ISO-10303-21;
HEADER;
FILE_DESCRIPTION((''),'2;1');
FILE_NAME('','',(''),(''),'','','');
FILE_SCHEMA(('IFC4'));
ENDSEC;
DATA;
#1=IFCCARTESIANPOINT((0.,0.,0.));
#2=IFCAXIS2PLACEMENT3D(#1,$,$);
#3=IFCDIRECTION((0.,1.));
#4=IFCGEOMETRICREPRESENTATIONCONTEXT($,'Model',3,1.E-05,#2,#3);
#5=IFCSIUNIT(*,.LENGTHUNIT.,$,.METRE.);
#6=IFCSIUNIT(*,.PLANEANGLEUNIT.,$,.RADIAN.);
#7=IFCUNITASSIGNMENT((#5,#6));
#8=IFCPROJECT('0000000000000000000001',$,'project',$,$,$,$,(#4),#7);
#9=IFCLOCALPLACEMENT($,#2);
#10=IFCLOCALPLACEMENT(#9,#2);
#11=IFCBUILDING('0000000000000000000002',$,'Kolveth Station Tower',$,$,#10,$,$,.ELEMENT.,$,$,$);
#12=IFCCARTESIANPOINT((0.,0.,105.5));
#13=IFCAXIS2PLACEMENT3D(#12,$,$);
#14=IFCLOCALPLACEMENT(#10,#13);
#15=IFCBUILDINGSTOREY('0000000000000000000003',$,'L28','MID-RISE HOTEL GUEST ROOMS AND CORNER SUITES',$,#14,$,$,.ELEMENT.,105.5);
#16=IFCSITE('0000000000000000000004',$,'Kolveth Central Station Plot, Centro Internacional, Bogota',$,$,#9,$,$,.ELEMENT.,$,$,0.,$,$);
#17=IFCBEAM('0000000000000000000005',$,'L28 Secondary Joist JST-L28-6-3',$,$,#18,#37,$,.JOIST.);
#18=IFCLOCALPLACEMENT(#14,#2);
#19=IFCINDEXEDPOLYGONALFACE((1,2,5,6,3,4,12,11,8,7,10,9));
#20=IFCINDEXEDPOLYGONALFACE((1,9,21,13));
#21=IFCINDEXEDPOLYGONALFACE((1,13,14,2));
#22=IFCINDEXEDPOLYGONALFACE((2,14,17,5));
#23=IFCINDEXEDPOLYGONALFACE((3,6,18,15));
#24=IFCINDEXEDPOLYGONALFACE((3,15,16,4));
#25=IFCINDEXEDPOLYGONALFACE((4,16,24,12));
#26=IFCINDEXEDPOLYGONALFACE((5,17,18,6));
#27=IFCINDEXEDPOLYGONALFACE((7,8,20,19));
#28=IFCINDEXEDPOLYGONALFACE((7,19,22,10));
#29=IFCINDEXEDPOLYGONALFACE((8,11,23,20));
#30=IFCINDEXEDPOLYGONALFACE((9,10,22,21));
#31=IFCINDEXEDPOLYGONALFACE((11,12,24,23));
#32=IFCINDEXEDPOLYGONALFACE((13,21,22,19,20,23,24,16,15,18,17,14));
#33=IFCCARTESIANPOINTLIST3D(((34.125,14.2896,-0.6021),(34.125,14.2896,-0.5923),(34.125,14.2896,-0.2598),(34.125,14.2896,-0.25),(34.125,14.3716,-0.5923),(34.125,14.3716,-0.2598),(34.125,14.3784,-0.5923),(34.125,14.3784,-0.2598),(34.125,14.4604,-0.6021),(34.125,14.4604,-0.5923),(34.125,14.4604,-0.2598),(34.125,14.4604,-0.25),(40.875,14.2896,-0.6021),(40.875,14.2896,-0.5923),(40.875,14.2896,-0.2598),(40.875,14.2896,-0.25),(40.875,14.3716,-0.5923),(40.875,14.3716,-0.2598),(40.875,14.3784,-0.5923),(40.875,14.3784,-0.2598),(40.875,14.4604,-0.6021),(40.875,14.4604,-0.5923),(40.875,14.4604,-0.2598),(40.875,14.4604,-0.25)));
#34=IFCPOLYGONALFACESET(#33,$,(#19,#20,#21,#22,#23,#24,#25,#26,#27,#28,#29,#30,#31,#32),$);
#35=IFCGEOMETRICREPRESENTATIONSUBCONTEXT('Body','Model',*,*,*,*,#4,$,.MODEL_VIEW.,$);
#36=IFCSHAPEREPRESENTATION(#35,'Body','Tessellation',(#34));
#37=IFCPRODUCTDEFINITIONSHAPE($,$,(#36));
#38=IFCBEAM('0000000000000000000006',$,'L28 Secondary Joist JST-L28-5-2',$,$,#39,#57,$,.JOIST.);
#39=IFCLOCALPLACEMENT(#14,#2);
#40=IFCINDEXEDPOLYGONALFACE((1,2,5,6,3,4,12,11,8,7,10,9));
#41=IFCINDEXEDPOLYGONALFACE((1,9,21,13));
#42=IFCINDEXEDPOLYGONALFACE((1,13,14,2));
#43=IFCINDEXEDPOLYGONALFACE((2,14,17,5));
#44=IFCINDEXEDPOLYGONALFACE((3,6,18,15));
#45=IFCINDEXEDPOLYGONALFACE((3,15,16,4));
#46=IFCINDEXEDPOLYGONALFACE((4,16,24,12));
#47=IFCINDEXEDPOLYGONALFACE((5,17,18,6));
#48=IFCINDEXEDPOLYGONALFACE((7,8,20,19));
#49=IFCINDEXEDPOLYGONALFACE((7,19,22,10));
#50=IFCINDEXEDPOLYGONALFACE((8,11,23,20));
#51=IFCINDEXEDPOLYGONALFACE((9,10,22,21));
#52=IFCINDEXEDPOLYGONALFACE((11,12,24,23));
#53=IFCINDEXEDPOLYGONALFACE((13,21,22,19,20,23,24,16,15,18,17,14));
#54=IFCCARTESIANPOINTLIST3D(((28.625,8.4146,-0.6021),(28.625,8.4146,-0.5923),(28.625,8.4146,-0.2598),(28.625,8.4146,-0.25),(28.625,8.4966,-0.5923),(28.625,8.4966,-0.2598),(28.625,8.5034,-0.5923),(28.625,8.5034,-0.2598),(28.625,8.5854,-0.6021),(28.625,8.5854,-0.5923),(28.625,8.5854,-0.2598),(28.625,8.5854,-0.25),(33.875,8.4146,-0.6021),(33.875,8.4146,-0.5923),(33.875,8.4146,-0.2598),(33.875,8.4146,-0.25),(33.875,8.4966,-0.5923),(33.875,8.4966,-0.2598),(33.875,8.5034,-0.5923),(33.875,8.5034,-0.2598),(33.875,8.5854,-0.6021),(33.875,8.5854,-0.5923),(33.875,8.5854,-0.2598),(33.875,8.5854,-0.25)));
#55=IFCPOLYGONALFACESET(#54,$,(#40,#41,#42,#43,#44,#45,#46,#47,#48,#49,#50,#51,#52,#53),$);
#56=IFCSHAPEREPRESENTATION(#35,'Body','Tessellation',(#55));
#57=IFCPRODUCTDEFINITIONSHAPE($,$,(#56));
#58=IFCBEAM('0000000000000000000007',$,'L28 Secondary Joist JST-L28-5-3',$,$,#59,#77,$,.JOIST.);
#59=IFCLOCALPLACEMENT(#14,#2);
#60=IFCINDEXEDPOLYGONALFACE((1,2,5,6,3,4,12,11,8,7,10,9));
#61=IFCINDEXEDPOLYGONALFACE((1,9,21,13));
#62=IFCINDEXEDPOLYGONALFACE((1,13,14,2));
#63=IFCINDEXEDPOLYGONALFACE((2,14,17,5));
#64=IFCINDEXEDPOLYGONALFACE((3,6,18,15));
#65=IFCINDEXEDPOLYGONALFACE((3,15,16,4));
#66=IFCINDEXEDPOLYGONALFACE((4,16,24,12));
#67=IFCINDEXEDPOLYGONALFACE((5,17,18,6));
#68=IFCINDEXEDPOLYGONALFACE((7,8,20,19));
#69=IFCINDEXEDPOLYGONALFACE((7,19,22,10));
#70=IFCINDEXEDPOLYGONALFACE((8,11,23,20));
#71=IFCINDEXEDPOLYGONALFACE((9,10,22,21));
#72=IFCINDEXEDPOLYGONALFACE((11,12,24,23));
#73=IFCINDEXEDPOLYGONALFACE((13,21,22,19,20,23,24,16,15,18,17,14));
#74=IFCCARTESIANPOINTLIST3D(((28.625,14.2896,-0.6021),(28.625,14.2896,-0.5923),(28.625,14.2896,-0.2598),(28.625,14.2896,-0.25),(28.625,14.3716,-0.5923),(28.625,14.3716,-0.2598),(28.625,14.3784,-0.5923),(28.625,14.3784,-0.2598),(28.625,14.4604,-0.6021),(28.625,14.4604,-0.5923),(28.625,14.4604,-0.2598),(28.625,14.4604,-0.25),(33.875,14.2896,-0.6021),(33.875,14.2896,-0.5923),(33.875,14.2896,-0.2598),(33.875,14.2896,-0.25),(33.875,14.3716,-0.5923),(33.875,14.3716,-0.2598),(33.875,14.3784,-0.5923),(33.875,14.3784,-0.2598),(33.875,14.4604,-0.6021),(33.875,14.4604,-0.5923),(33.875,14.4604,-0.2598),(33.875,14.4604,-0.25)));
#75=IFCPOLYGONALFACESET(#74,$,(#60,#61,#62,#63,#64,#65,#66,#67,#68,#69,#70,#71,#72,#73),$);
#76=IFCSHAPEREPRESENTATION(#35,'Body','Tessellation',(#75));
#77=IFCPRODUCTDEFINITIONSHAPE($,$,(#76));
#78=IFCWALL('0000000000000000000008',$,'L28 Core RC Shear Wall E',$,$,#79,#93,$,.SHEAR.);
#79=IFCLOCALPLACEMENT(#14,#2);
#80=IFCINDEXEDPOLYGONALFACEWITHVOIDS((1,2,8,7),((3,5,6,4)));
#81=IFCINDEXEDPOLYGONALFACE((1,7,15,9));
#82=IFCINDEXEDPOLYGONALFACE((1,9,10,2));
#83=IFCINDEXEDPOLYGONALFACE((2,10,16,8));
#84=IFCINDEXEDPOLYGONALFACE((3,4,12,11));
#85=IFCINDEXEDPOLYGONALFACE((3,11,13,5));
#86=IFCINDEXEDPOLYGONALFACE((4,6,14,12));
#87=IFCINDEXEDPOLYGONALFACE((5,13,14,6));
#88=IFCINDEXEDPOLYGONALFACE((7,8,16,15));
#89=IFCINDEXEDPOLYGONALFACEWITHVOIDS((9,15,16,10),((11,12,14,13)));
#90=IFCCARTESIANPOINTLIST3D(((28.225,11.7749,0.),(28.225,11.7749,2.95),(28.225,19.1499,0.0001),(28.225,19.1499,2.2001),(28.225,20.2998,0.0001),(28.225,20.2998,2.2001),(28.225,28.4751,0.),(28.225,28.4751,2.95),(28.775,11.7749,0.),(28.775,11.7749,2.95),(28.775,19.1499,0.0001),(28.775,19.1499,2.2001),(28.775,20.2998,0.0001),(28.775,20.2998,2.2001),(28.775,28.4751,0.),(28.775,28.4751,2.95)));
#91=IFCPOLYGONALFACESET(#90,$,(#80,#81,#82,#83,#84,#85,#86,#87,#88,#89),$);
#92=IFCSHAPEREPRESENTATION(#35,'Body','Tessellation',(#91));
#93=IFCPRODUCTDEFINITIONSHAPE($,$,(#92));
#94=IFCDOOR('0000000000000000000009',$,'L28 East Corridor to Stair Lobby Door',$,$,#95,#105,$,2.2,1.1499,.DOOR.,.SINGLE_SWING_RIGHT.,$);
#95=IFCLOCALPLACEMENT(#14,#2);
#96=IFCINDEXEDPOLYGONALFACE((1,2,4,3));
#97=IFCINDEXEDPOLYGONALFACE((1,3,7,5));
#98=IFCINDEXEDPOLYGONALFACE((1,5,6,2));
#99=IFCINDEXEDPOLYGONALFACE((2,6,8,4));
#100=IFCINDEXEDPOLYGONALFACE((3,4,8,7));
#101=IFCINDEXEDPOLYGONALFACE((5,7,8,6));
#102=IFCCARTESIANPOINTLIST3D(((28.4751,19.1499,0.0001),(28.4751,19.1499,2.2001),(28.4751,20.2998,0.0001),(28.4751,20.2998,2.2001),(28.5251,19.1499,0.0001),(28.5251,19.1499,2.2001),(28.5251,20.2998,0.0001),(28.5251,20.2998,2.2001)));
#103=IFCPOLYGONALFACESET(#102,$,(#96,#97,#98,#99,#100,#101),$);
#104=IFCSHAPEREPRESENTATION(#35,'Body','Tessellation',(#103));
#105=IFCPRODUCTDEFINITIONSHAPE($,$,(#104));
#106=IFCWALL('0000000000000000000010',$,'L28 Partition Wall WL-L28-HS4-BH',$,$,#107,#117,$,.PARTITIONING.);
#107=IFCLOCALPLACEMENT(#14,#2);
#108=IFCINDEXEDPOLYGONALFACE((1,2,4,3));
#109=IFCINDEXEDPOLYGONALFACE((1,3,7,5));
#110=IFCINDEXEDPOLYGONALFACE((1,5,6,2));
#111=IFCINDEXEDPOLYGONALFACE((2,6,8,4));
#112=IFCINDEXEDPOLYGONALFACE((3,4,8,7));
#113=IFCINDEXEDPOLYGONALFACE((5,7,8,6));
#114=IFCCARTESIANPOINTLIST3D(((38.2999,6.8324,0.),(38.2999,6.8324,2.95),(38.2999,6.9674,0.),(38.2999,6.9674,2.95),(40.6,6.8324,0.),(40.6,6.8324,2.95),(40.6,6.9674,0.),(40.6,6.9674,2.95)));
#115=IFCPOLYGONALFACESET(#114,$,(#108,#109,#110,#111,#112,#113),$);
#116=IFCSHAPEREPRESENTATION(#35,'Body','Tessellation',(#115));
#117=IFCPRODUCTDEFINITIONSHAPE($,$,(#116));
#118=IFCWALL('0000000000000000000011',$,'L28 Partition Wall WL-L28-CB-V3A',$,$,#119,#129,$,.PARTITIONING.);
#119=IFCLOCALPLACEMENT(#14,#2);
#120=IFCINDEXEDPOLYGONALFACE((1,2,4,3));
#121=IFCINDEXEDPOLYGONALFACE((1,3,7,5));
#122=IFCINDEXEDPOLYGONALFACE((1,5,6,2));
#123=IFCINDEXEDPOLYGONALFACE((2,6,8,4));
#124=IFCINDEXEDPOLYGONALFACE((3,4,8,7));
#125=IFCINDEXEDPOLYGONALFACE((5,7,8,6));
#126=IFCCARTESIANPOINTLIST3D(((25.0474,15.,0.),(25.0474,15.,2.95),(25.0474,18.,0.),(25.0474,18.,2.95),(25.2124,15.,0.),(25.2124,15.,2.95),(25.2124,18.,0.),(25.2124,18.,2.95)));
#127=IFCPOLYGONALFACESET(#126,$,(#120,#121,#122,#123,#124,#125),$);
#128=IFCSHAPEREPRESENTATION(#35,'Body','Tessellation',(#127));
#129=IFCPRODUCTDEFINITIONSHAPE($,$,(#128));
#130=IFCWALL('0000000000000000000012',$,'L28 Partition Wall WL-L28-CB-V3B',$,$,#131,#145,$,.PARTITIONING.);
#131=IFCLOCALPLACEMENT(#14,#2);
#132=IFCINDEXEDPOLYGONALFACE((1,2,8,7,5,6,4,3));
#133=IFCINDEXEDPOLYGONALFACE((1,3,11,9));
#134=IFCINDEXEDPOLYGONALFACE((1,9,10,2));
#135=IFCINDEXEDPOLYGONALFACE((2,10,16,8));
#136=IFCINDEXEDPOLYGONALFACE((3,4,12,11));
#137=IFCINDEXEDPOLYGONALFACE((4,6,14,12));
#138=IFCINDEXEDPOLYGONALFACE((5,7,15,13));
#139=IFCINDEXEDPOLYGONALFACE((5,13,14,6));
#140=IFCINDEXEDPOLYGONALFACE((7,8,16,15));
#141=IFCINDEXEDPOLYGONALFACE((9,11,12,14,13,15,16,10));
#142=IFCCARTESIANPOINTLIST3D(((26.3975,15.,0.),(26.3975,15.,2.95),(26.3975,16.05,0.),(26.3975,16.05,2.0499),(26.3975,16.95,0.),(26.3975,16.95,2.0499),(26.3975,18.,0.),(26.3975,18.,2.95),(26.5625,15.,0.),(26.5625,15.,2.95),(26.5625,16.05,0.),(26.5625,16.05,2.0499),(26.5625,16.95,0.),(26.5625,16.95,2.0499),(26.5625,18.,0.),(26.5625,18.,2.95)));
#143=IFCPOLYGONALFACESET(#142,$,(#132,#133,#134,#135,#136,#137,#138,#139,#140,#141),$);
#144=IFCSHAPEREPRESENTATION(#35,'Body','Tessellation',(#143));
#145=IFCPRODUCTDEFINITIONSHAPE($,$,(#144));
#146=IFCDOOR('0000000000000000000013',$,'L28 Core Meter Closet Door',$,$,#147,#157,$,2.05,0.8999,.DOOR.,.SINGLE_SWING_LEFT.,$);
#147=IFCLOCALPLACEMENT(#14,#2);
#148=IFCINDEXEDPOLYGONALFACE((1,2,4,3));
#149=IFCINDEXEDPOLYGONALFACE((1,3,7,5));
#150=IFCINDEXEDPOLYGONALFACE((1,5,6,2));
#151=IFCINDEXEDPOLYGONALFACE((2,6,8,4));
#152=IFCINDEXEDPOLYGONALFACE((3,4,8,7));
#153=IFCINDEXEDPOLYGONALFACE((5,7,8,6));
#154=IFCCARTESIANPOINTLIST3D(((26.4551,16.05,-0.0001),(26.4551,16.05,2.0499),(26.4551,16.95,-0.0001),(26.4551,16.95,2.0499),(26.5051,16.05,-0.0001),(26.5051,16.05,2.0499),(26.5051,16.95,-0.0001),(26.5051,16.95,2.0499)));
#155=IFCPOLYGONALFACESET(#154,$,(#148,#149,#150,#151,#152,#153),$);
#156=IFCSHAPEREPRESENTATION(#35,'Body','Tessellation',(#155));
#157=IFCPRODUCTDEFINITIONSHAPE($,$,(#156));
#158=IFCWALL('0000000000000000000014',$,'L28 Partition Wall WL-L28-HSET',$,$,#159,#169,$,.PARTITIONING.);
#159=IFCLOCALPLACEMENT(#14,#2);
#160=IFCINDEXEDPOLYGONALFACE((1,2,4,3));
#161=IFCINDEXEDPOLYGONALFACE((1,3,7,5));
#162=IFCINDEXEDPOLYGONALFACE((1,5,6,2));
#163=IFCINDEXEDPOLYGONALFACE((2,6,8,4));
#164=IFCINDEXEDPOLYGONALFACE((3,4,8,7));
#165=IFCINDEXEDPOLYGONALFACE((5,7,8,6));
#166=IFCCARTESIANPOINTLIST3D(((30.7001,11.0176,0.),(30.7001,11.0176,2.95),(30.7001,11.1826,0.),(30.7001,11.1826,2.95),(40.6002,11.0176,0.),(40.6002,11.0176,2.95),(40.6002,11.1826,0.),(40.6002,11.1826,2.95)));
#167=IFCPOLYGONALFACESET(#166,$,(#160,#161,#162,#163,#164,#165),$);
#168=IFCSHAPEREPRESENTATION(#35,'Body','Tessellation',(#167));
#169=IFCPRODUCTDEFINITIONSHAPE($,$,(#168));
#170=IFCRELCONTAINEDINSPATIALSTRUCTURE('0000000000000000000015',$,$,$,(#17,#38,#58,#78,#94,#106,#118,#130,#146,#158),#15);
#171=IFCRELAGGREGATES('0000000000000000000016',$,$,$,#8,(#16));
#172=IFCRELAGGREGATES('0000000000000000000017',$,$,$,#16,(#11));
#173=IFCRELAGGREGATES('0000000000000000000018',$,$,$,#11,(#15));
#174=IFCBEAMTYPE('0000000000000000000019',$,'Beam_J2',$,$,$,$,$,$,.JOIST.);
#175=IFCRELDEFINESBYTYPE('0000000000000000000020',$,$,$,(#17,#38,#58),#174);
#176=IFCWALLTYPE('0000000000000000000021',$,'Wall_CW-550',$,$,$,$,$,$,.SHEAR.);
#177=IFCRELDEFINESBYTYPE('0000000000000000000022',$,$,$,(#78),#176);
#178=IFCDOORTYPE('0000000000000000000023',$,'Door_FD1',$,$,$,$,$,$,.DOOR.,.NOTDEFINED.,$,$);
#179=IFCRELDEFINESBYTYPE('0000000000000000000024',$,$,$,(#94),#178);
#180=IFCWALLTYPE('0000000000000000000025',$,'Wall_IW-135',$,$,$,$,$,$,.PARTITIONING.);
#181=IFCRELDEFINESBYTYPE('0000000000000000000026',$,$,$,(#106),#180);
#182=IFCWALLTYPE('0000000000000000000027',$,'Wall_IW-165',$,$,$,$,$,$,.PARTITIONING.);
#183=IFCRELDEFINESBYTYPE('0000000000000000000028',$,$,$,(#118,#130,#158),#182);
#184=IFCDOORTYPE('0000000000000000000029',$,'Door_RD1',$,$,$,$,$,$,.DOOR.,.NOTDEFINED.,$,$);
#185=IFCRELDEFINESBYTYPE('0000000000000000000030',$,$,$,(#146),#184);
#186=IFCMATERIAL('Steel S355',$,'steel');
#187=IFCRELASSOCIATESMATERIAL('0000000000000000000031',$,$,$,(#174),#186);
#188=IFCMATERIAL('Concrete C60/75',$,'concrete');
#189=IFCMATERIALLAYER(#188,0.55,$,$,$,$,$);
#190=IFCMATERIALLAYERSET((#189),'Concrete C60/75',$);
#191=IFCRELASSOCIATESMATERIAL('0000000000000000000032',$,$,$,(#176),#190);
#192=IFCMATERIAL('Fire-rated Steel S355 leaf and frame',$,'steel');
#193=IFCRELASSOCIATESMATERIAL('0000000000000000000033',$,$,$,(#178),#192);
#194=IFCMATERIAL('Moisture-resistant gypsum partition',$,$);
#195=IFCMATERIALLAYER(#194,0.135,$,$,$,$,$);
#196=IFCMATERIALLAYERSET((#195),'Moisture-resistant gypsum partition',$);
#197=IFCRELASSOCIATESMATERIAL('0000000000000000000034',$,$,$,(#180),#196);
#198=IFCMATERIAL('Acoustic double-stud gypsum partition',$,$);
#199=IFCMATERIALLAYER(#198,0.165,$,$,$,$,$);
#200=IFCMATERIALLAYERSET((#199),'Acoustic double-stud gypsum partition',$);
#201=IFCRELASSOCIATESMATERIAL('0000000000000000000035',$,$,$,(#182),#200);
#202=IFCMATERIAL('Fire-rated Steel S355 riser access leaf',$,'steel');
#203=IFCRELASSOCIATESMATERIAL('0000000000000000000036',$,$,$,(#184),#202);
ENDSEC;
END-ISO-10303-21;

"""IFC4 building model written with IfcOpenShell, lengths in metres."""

from ifc_helpers import new_model, si_unit, direction, frame, frame_2d, origin, origin_2d, place, context, subcontext, project, spatial, rectangle, i_section, extrude, source, transform, mapped, material, layer, layer_set, material_profile, profile_set, type_object, element, fill, save


model = new_model("IFC4")

# Units and contexts
model_context = context("Model", 3, precision=1e-05, world=origin(), true_north=direction((0.0, 1.0)))
body_context = subcontext(model_context, "Body", "Model", "MODEL_VIEW")
ifc_project = project(units=[si_unit("LENGTHUNIT", "METRE"), si_unit("PLANEANGLEUNIT", "RADIAN")], contexts=[model_context])

# Site, building, storey
site_placement = place(None, origin())
site = spatial("IfcSite", under=ifc_project, at=site_placement, Name="Kolveth Central Station Plot, Centro Internacional, Bogota", CompositionType="ELEMENT", RefElevation=0.0)
building_placement = place(site_placement, origin())
building = spatial("IfcBuilding", under=site, at=building_placement, Name="Kolveth Station Tower", CompositionType="ELEMENT")
storey_placement = place(building_placement, frame((0.0, 0.0, 105.5)))
storey = spatial("IfcBuildingStorey", under=building, at=storey_placement, Name="L28", Description="MID-RISE HOTEL GUEST ROOMS AND CORNER SUITES", CompositionType="ELEMENT", Elevation=105.5)

# Shared definitions
ifc_material_1 = material(Name="Steel S355", Category="steel")

# Beams
ifc_material_profile_1 = material_profile(ifc_material_1, i_section(OverallWidth=0.1709, OverallDepth=0.3521, WebThickness=0.0068, FlangeThickness=0.0098, at=origin_2d()), Name="W360x44")
ifc_profile_set_1 = profile_set([ifc_material_profile_1], Name="Steel S355")
beam_type_1 = type_object("IfcBeamType", Name="Beam_J2", PredefinedType="JOIST", material=ifc_profile_set_1)
shared_shape_1 = source(origin(), body_context, "Body", "SweptSolid", [
    extrude(i_section(OverallWidth=0.1709, OverallDepth=0.3521, WebThickness=0.0068, FlangeThickness=0.0098, at=origin_2d()), origin(), (0.0, 0.0, 1.0), 6.75),
])
for number, where, z_axis, x_axis, name in (
    (1, (34.125, 14.375, -0.426), (1.0, 0.0, 0.0), (0.0, 1.0, 0.0), "L28 Secondary Joist JST-L28-6-3"),
):
    element("IfcBeam", number, at=place(storey_placement, frame(where, z_axis=z_axis, x_axis=x_axis)), inside=storey, type_object=beam_type_1, Name=name, PredefinedType="JOIST", context=body_context, shape_type="MappedRepresentation", body=[
        mapped(shared_shape_1, transform((0.0, 0.0, 0.0), x_axis=(1.0, 0.0, 0.0), y_axis=(0.0, 1.0, 0.0), z_axis=(0.0, 0.0, 1.0), scale=1.0)),
    ])
shared_shape_2 = source(origin(), body_context, "Body", "SweptSolid", [
    extrude(i_section(OverallWidth=0.1709, OverallDepth=0.3521, WebThickness=0.0068, FlangeThickness=0.0098, at=origin_2d()), origin(), (0.0, 0.0, 1.0), 5.25),
])
for number, where, z_axis, x_axis, name in (
    (2, (28.625, 8.5, -0.426), (1.0, 0.0, 0.0), (0.0, 1.0, 0.0), "L28 Secondary Joist JST-L28-5-2"),
    (3, (28.625, 14.375, -0.426), (1.0, 0.0, 0.0), (0.0, 1.0, 0.0), "L28 Secondary Joist JST-L28-5-3"),
):
    element("IfcBeam", number, at=place(storey_placement, frame(where, z_axis=z_axis, x_axis=x_axis)), inside=storey, type_object=beam_type_1, Name=name, PredefinedType="JOIST", context=body_context, shape_type="MappedRepresentation", body=[
        mapped(shared_shape_2, transform((0.0, 0.0, 0.0), x_axis=(1.0, 0.0, 0.0), y_axis=(0.0, 1.0, 0.0), z_axis=(0.0, 0.0, 1.0), scale=1.0)),
    ])

# Wall, opening, door
ifc_material_2 = material(Name="Concrete C60/75", Category="concrete")
ifc_layer_1 = layer(ifc_material_2, 0.55)
ifc_layer_set_1 = layer_set([ifc_layer_1], Name="Concrete C60/75")
wall_type_1 = type_object("IfcWallType", Name="Wall_CW-550", PredefinedType="SHEAR", material=ifc_layer_set_1)
wall_1_placement = place(storey_placement, frame((28.5, 11.7749, 0.0), z_axis=(0.0, 0.0, 1.0), x_axis=(0.0, 1.0, 0.0)))
wall_1 = element("IfcWall", 4, at=wall_1_placement, inside=storey, type_object=wall_type_1, Name="L28 Core RC Shear Wall E", PredefinedType="SHEAR", context=body_context, shape_type="SweptSolid", body=[
    extrude(rectangle(XDim=16.7002, YDim=0.55, at=frame_2d((8.3501, 0.0))), origin(), (0.0, 0.0, 1.0), 2.95),
])
opening_1_placement = place(wall_1_placement, frame((7.375, 0.0, 0.0)))
opening_1 = element("IfcOpeningElement", 5, at=opening_1_placement, cuts=wall_1, PredefinedType="OPENING", context=body_context, shape_type="SweptSolid", body=[
    extrude(rectangle(XDim=1.1499, YDim=2.2, at=frame_2d((0.575, 1.1001))), frame((0.0, 0.2849, 0.0), z_axis=(0.0, -1.0, 0.0), x_axis=(1.0, 0.0, 0.0)), (0.0, 0.0, 1.0), 0.5701),
])
ifc_material_3 = material(Name="Fire-rated Steel S355 leaf and frame", Category="steel")
door_type_1 = type_object("IfcDoorType", Name="Door_FD1", OperationType="NOTDEFINED", PredefinedType="DOOR", material=ifc_material_3)
door_1_placement = place(opening_1_placement, origin())
door_1 = element("IfcDoor", 6, at=door_1_placement, inside=storey, type_object=door_type_1, Name="L28 East Corridor to Stair Lobby Door", OperationType="SINGLE_SWING_RIGHT", OverallHeight=2.2, OverallWidth=1.1499, PredefinedType="DOOR", context=body_context, shape_type="SweptSolid", body=[
    extrude(rectangle(XDim=1.1499, YDim=2.2, at=frame_2d((0.575, 1.1001))), frame((0.0, 0.0249, 0.0), z_axis=(0.0, -1.0, 0.0), x_axis=(1.0, 0.0, 0.0)), (0.0, 0.0, 1.0), 0.05),
])
fill(opening_1, door_1)

# Walls
ifc_material_4 = material(Name="Moisture-resistant gypsum partition")
ifc_layer_2 = layer(ifc_material_4, 0.135)
ifc_layer_set_2 = layer_set([ifc_layer_2], Name="Moisture-resistant gypsum partition")
wall_type_2 = type_object("IfcWallType", Name="Wall_IW-135", PredefinedType="PARTITIONING", material=ifc_layer_set_2)
wall_2_placement = place(storey_placement, frame((38.3, 6.8999, 0.0), z_axis=(0.0, 0.0, 1.0), x_axis=(1.0, 0.0, 0.0)))
element("IfcWall", 7, at=wall_2_placement, inside=storey, type_object=wall_type_2, Name="L28 Partition Wall WL-L28-HS4-BH", PredefinedType="PARTITIONING", context=body_context, shape_type="SweptSolid", body=[
    extrude(rectangle(XDim=2.3, YDim=0.135, at=frame_2d((1.1499, 0.0))), origin(), (0.0, 0.0, 1.0), 2.95),
])
ifc_material_5 = material(Name="Acoustic double-stud gypsum partition")
ifc_layer_3 = layer(ifc_material_5, 0.165)
ifc_layer_set_3 = layer_set([ifc_layer_3], Name="Acoustic double-stud gypsum partition")
wall_type_3 = type_object("IfcWallType", Name="Wall_IW-165", PredefinedType="PARTITIONING", material=ifc_layer_set_3)
wall_3_placement = place(storey_placement, frame((25.1299, 15.0, 0.0), z_axis=(0.0, 0.0, 1.0), x_axis=(0.0, 1.0, 0.0)))
element("IfcWall", 8, at=wall_3_placement, inside=storey, type_object=wall_type_3, Name="L28 Partition Wall WL-L28-CB-V3A", PredefinedType="PARTITIONING", context=body_context, shape_type="SweptSolid", body=[
    extrude(rectangle(XDim=3.0, YDim=0.165, at=frame_2d((1.5, 0.0))), origin(), (0.0, 0.0, 1.0), 2.95),
])

# Wall, opening, door
wall_4_placement = place(storey_placement, frame((26.48, 15.0, 0.0), z_axis=(0.0, 0.0, 1.0), x_axis=(0.0, 1.0, 0.0)))
wall_4 = element("IfcWall", 9, at=wall_4_placement, inside=storey, type_object=wall_type_3, Name="L28 Partition Wall WL-L28-CB-V3B", PredefinedType="PARTITIONING", context=body_context, shape_type="SweptSolid", body=[
    extrude(rectangle(XDim=3.0, YDim=0.165, at=frame_2d((1.5, 0.0))), origin(), (0.0, 0.0, 1.0), 2.95),
])
opening_2_placement = place(wall_4_placement, frame((1.05, 0.0, 0.0)))
opening_2 = element("IfcOpeningElement", 10, at=opening_2_placement, cuts=wall_4, PredefinedType="OPENING", context=body_context, shape_type="SweptSolid", body=[
    extrude(rectangle(XDim=0.8999, YDim=2.05, at=frame_2d((0.45, 1.0249))), frame((0.0, 0.0925, 0.0), z_axis=(0.0, -1.0, 0.0), x_axis=(1.0, 0.0, 0.0)), (0.0, 0.0, 1.0), 0.1851),
])
ifc_material_6 = material(Name="Fire-rated Steel S355 riser access leaf", Category="steel")
door_type_2 = type_object("IfcDoorType", Name="Door_RD1", OperationType="NOTDEFINED", PredefinedType="DOOR", material=ifc_material_6)
door_2_placement = place(opening_2_placement, origin())
door_2 = element("IfcDoor", 11, at=door_2_placement, inside=storey, type_object=door_type_2, Name="L28 Core Meter Closet Door", OperationType="SINGLE_SWING_LEFT", OverallHeight=2.05, OverallWidth=0.8999, PredefinedType="DOOR", context=body_context, shape_type="SweptSolid", body=[
    extrude(rectangle(XDim=0.8999, YDim=2.05, at=frame_2d((0.45, 1.0249))), frame((0.0, 0.0249, 0.0), z_axis=(0.0, -1.0, 0.0), x_axis=(1.0, 0.0, 0.0)), (0.0, 0.0, 1.0), 0.05),
])
fill(opening_2, door_2)

# Wall
wall_5_placement = place(storey_placement, frame((30.7, 11.1001, 0.0), z_axis=(0.0, 0.0, 1.0), x_axis=(1.0, 0.0, 0.0)))
element("IfcWall", 12, at=wall_5_placement, inside=storey, type_object=wall_type_3, Name="L28 Partition Wall WL-L28-HSET", PredefinedType="PARTITIONING", context=body_context, shape_type="SweptSolid", body=[
    extrude(rectangle(XDim=9.9001, YDim=0.165, at=frame_2d((4.9502, 0.0))), origin(), (0.0, 0.0, 1.0), 2.95),
])

save(model, "model.ifc")
